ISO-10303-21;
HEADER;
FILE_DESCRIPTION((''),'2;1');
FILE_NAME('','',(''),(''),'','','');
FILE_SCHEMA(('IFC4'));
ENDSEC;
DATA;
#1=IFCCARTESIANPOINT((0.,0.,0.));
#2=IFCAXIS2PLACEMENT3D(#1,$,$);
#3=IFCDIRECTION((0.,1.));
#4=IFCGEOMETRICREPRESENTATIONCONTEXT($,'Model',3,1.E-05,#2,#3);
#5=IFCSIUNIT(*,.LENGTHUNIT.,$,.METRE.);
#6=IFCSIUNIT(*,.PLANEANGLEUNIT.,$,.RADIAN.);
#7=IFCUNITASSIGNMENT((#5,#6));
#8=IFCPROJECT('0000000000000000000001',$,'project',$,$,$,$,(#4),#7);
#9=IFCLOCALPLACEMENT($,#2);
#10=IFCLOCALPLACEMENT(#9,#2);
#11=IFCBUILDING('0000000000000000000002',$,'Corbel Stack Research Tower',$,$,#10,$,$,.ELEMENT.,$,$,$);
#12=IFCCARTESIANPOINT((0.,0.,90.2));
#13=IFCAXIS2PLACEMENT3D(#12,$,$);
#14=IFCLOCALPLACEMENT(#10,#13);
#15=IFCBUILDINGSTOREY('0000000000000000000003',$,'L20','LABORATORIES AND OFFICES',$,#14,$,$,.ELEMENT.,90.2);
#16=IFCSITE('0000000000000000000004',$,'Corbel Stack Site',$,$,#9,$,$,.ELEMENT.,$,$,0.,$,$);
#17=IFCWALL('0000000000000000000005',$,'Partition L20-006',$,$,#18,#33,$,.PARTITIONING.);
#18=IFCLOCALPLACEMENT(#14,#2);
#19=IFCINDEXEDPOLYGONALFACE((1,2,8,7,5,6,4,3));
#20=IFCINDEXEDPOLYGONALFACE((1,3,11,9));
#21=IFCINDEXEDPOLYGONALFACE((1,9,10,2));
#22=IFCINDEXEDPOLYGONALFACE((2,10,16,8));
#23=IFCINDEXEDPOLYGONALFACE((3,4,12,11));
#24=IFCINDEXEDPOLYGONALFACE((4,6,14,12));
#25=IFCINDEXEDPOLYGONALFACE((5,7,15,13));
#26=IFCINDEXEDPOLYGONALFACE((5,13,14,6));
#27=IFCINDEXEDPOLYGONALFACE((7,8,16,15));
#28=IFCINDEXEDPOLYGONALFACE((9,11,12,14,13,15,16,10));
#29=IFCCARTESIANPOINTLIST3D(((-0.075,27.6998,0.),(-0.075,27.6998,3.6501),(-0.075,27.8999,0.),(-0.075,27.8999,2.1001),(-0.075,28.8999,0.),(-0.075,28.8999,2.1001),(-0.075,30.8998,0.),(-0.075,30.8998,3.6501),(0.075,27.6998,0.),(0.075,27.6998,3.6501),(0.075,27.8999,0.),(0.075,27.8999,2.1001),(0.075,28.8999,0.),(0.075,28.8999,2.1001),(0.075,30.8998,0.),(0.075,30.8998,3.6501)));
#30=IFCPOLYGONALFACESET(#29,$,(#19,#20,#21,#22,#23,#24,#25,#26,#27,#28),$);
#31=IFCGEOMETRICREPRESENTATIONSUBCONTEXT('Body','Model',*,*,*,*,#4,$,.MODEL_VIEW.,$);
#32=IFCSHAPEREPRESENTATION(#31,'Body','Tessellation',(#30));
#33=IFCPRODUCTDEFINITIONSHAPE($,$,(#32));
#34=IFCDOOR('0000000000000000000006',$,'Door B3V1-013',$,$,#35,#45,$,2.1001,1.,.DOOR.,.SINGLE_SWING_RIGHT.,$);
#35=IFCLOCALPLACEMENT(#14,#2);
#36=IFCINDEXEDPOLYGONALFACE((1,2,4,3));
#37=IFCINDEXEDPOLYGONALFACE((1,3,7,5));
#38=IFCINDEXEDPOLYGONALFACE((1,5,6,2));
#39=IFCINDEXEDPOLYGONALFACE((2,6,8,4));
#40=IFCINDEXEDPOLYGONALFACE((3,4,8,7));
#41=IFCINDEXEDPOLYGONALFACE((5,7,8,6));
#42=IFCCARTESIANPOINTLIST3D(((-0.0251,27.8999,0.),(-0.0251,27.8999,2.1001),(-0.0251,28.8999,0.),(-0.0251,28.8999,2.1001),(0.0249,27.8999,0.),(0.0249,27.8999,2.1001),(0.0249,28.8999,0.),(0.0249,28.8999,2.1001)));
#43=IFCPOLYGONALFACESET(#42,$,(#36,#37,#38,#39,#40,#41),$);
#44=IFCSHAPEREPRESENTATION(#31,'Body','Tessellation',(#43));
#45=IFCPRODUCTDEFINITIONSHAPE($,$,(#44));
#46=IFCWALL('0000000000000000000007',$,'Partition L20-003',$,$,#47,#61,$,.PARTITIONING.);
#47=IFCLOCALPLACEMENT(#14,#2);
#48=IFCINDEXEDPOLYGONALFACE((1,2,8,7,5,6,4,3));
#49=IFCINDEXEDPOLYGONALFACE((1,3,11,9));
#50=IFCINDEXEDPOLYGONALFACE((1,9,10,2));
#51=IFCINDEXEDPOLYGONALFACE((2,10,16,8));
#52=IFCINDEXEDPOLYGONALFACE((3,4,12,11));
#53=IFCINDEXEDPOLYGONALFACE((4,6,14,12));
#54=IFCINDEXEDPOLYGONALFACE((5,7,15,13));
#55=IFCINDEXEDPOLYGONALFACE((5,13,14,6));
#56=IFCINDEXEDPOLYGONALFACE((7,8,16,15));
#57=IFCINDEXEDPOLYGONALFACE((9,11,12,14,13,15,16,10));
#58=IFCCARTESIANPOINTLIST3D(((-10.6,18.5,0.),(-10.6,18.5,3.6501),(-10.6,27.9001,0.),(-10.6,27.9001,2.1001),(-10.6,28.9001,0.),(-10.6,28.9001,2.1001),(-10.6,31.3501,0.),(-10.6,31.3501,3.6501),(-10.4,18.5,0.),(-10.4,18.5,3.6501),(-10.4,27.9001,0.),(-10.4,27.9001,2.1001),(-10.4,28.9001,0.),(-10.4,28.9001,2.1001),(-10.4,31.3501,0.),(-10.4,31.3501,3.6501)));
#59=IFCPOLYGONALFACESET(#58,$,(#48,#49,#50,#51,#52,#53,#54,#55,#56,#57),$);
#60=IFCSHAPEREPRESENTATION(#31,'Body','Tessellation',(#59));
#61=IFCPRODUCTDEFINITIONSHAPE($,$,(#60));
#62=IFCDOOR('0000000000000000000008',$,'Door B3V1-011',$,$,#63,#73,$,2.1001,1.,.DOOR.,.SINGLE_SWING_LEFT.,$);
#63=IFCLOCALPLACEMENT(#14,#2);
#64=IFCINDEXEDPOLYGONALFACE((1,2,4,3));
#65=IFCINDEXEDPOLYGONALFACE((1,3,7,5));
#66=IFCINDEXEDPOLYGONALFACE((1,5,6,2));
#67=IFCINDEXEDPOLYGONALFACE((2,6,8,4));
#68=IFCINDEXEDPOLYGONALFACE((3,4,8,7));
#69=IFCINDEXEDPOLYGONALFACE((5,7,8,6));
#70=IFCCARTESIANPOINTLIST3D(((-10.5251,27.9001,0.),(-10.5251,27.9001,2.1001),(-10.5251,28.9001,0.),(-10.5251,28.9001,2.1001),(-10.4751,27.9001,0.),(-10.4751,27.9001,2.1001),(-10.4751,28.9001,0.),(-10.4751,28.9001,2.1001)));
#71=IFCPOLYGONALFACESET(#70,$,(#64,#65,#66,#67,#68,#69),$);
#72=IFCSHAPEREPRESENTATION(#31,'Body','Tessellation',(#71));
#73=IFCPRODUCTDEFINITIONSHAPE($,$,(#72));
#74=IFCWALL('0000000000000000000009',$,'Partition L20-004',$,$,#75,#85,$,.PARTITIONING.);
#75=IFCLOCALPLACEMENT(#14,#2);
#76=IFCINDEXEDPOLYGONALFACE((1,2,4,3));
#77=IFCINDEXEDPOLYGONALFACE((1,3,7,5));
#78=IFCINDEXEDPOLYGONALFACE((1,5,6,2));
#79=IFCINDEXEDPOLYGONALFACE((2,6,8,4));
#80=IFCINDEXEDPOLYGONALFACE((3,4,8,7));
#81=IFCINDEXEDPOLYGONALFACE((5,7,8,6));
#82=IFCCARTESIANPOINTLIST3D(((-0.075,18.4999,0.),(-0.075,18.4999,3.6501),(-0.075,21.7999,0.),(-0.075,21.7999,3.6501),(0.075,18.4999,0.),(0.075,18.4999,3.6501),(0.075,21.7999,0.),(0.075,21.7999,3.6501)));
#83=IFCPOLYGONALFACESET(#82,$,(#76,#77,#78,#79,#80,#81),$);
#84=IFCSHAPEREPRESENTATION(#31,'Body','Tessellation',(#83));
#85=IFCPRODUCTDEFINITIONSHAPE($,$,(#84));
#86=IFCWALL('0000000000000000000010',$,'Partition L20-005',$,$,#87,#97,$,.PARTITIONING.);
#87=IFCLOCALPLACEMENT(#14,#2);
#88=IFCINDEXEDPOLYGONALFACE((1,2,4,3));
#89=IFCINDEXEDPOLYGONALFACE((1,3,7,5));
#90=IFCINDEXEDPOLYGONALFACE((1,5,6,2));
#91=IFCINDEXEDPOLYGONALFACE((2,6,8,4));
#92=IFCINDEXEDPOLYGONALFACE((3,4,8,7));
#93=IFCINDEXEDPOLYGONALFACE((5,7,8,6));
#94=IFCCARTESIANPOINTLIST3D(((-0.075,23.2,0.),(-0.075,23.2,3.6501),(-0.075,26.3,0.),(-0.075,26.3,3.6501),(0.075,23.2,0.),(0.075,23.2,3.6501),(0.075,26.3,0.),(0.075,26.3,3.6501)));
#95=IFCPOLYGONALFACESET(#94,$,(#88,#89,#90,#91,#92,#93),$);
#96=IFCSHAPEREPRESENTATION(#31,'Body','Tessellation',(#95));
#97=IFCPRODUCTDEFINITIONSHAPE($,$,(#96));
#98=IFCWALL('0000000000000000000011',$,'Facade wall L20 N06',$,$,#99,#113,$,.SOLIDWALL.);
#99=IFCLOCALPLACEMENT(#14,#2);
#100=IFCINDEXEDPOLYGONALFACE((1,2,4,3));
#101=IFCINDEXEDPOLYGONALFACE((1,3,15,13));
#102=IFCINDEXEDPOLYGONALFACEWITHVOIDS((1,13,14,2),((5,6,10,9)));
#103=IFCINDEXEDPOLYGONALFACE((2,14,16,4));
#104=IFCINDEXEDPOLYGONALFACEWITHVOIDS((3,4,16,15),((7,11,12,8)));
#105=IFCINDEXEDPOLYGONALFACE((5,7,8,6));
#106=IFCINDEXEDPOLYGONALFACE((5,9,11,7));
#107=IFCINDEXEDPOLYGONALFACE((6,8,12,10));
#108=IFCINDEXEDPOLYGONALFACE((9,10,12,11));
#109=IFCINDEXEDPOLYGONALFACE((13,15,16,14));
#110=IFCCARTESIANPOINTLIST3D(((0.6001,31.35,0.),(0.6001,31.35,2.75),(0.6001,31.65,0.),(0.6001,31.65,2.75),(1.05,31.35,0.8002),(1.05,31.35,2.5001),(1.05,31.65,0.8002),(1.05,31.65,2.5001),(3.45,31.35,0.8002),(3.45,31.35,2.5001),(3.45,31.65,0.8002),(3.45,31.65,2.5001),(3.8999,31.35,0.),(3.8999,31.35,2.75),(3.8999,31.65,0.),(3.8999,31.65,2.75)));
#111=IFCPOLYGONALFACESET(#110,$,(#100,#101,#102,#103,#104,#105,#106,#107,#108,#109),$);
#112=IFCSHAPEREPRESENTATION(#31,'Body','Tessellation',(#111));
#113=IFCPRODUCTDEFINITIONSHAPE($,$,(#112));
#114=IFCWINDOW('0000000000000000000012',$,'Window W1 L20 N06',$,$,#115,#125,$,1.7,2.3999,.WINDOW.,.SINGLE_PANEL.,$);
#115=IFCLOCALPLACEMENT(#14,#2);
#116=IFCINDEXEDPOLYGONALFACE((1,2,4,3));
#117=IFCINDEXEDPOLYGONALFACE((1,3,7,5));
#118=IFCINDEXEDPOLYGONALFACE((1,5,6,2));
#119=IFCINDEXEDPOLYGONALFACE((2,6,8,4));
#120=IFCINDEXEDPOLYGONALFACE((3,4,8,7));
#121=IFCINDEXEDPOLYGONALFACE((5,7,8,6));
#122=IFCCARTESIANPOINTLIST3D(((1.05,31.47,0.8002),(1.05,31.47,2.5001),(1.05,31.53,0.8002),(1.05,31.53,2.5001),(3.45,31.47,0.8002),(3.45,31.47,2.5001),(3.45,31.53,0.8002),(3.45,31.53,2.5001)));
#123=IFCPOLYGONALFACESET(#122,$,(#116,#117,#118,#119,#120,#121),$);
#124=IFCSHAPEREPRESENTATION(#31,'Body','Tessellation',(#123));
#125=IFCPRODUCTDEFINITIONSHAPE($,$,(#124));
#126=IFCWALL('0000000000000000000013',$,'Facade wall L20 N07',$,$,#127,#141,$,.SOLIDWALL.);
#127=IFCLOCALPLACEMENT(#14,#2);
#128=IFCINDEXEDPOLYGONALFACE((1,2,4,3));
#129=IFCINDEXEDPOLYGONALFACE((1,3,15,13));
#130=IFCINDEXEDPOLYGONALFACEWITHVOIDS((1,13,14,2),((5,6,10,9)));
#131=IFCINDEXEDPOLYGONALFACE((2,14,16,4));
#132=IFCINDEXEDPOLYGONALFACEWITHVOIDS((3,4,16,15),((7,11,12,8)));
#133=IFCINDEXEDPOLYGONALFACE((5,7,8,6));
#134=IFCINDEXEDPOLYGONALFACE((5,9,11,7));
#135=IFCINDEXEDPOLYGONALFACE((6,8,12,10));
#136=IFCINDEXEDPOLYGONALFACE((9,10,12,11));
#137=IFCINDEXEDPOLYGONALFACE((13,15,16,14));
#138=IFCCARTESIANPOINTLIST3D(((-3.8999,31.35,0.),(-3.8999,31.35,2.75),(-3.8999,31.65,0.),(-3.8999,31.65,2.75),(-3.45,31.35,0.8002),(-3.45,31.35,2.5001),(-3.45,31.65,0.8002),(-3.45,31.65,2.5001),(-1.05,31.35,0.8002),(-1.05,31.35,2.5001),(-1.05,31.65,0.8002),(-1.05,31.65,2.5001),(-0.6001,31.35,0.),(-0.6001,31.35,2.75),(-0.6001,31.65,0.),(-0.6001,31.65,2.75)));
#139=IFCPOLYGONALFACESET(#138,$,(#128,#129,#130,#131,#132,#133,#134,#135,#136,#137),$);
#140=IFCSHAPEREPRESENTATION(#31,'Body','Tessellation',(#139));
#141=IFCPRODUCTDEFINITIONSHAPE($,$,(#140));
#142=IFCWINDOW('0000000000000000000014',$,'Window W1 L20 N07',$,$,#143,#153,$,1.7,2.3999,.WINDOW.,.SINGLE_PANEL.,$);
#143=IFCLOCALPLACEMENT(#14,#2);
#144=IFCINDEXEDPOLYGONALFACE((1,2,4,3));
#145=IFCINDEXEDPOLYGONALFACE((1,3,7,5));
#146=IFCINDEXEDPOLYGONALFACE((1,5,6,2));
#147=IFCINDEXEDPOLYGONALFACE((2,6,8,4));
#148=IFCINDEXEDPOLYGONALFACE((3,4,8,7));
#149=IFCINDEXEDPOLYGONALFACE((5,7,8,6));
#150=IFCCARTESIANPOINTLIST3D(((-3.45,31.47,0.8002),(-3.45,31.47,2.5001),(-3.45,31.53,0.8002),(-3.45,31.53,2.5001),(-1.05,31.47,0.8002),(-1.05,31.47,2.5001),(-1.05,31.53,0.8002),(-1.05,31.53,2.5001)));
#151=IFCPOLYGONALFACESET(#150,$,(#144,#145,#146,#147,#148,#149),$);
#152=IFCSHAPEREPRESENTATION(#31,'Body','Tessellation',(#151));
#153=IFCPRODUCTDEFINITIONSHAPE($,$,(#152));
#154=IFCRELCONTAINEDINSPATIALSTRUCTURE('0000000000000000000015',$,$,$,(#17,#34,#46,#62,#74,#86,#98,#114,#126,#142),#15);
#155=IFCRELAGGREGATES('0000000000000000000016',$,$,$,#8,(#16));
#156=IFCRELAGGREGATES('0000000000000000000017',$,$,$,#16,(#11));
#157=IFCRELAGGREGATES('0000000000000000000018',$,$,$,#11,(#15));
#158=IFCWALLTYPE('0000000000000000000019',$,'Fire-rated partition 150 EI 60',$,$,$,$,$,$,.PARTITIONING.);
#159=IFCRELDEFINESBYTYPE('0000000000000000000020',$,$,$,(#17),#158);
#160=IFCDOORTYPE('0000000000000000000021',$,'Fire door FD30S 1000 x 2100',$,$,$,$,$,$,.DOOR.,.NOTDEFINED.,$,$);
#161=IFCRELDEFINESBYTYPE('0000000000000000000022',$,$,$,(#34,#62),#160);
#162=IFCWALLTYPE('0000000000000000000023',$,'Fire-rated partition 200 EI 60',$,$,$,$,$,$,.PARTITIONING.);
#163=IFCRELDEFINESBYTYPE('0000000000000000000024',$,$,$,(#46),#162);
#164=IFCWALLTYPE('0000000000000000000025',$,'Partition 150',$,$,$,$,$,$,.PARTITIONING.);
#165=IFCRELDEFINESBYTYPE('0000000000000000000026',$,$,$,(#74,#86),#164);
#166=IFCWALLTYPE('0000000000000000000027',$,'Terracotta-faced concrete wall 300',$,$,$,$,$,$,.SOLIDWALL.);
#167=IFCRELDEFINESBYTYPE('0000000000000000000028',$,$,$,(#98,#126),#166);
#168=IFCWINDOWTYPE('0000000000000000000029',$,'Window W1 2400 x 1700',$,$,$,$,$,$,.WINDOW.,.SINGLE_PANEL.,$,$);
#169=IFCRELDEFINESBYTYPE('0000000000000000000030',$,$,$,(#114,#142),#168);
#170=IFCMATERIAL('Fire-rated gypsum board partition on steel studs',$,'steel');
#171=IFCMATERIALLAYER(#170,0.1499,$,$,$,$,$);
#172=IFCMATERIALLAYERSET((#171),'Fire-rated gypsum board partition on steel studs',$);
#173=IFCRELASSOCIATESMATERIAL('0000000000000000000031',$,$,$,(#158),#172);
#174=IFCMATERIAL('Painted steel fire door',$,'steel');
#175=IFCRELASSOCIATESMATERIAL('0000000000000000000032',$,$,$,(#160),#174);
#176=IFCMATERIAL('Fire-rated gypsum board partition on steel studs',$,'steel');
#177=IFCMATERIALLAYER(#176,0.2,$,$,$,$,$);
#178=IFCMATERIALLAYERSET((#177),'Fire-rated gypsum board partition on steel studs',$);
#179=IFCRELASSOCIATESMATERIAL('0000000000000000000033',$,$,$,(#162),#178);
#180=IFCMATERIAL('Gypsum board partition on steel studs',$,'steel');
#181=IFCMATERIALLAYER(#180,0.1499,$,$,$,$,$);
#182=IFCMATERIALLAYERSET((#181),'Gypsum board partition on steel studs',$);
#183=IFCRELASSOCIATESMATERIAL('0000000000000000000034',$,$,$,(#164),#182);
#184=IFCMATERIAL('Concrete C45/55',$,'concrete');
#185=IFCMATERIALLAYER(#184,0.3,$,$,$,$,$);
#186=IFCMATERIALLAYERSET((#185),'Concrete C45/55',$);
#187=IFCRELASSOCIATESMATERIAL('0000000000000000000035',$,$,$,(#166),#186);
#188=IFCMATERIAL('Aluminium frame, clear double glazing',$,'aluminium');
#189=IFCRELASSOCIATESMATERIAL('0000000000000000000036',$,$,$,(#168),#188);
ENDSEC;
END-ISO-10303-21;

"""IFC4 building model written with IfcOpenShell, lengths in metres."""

from ifc_helpers import new_model, si_unit, direction, frame, frame_2d, origin, place, context, subcontext, project, spatial, rectangle, extrude, material, layer, layer_set, type_object, element, fill, save


model = new_model("IFC4")

# Units and contexts
model_context = context("Model", 3, precision=1e-05, world=origin(), true_north=direction((0.0, 1.0)))
body_context = subcontext(model_context, "Body", "Model", "MODEL_VIEW")
ifc_project = project(units=[si_unit("LENGTHUNIT", "METRE"), si_unit("PLANEANGLEUNIT", "RADIAN")], contexts=[model_context])

# Site, building, storey
site_placement = place(None, origin())
site = spatial("IfcSite", under=ifc_project, at=site_placement, Name="Corbel Stack Site", CompositionType="ELEMENT", RefElevation=0.0)
building_placement = place(site_placement, origin())
building = spatial("IfcBuilding", under=site, at=building_placement, Name="Corbel Stack Research Tower", CompositionType="ELEMENT")
storey_placement = place(building_placement, frame((0.0, 0.0, 90.2)))
storey = spatial("IfcBuildingStorey", under=building, at=storey_placement, Name="L20", Description="LABORATORIES AND OFFICES", CompositionType="ELEMENT", Elevation=90.2)

# Walls, openings, doors
ifc_material_1 = material(Name="Fire-rated gypsum board partition on steel studs", Category="steel")
ifc_layer_1 = layer(ifc_material_1, 0.1499)
ifc_layer_set_1 = layer_set([ifc_layer_1], Name="Fire-rated gypsum board partition on steel studs")
wall_type_1 = type_object("IfcWallType", Name="Fire-rated partition 150 EI 60", PredefinedType="PARTITIONING", material=ifc_layer_set_1)
wall_1_placement = place(storey_placement, frame((0.0, 30.8999, 0.0), z_axis=(0.0, 0.0, 1.0), x_axis=(0.0, -1.0, 0.0)))
wall_1 = element("IfcWall", 1, at=wall_1_placement, inside=storey, type_object=wall_type_1, Name="Partition L20-006", PredefinedType="PARTITIONING", context=body_context, shape_type="SweptSolid", body=[
    extrude(rectangle(XDim=3.2, YDim=0.1499, at=frame_2d((1.6001, 0.0))), origin(), (0.0, 0.0, 1.0), 3.6501),
])
opening_1_placement = place(wall_1_placement, frame((2.0, 0.0, 0.0)))
opening_1 = element("IfcOpeningElement", 2, at=opening_1_placement, cuts=wall_1, PredefinedType="OPENING", context=body_context, shape_type="SweptSolid", body=[
    extrude(rectangle(XDim=1.0, YDim=2.1001, at=frame_2d((0.5, 1.05))), frame((0.0, 0.085, 0.0), z_axis=(0.0, -1.0, 0.0), x_axis=(1.0, 0.0, 0.0)), (0.0, 0.0, 1.0), 0.1699),
])
ifc_material_2 = material(Name="Painted steel fire door", Category="steel")
door_type_1 = type_object("IfcDoorType", Name="Fire door FD30S 1000 x 2100", OperationType="NOTDEFINED", PredefinedType="DOOR", material=ifc_material_2)
door_1_placement = place(opening_1_placement, origin())
door_1 = element("IfcDoor", 3, at=door_1_placement, inside=storey, type_object=door_type_1, Name="Door B3V1-013", OperationType="SINGLE_SWING_RIGHT", OverallHeight=2.1001, OverallWidth=1.0, PredefinedType="DOOR", context=body_context, shape_type="SweptSolid", body=[
    extrude(rectangle(XDim=1.0, YDim=2.1001, at=frame_2d((0.5, 1.05))), frame((0.0, 0.0249, 0.0), z_axis=(0.0, -1.0, 0.0), x_axis=(1.0, 0.0, 0.0)), (0.0, 0.0, 1.0), 0.05),
])
fill(opening_1, door_1)
ifc_material_3 = material(Name="Fire-rated gypsum board partition on steel studs", Category="steel")
ifc_layer_2 = layer(ifc_material_3, 0.2)
ifc_layer_set_2 = layer_set([ifc_layer_2], Name="Fire-rated gypsum board partition on steel studs")
wall_type_2 = type_object("IfcWallType", Name="Fire-rated partition 200 EI 60", PredefinedType="PARTITIONING", material=ifc_layer_set_2)
wall_2_placement = place(storey_placement, frame((-10.5, 31.3501, 0.0), z_axis=(0.0, 0.0, 1.0), x_axis=(0.0, -1.0, 0.0)))
wall_2 = element("IfcWall", 4, at=wall_2_placement, inside=storey, type_object=wall_type_2, Name="Partition L20-003", PredefinedType="PARTITIONING", context=body_context, shape_type="SweptSolid", body=[
    extrude(rectangle(XDim=12.8501, YDim=0.2, at=frame_2d((6.425, 0.0))), origin(), (0.0, 0.0, 1.0), 3.6501),
])
opening_2_placement = place(wall_2_placement, frame((2.45, 0.0, 0.0)))
opening_2 = element("IfcOpeningElement", 5, at=opening_2_placement, cuts=wall_2, PredefinedType="OPENING", context=body_context, shape_type="SweptSolid", body=[
    extrude(rectangle(XDim=1.0, YDim=2.1001, at=frame_2d((0.5, 1.05))), frame((0.0, 0.1099, 0.0), z_axis=(0.0, -1.0, 0.0), x_axis=(1.0, 0.0, 0.0)), (0.0, 0.0, 1.0), 0.22),
])
door_2_placement = place(opening_2_placement, origin())
door_2 = element("IfcDoor", 6, at=door_2_placement, inside=storey, type_object=door_type_1, Name="Door B3V1-011", OperationType="SINGLE_SWING_LEFT", OverallHeight=2.1001, OverallWidth=1.0, PredefinedType="DOOR", context=body_context, shape_type="SweptSolid", body=[
    extrude(rectangle(XDim=1.0, YDim=2.1001, at=frame_2d((0.5, 1.05))), frame((0.0, 0.0249, 0.0), z_axis=(0.0, -1.0, 0.0), x_axis=(1.0, 0.0, 0.0)), (0.0, 0.0, 1.0), 0.05),
])
fill(opening_2, door_2)

# Walls
ifc_material_4 = material(Name="Gypsum board partition on steel studs", Category="steel")
ifc_layer_3 = layer(ifc_material_4, 0.1499)
ifc_layer_set_3 = layer_set([ifc_layer_3], Name="Gypsum board partition on steel studs")
wall_type_3 = type_object("IfcWallType", Name="Partition 150", PredefinedType="PARTITIONING", material=ifc_layer_set_3)
wall_3_placement = place(storey_placement, frame((0.0, 18.5, 0.0), z_axis=(0.0, 0.0, 1.0), x_axis=(0.0, 1.0, 0.0)))
element("IfcWall", 7, at=wall_3_placement, inside=storey, type_object=wall_type_3, Name="Partition L20-004", PredefinedType="PARTITIONING", context=body_context, shape_type="SweptSolid", body=[
    extrude(rectangle(XDim=3.3, YDim=0.1499, at=frame_2d((1.6499, 0.0))), origin(), (0.0, 0.0, 1.0), 3.6501),
])
wall_4_placement = place(storey_placement, frame((0.0, 23.2, 0.0), z_axis=(0.0, 0.0, 1.0), x_axis=(0.0, 1.0, 0.0)))
element("IfcWall", 8, at=wall_4_placement, inside=storey, type_object=wall_type_3, Name="Partition L20-005", PredefinedType="PARTITIONING", context=body_context, shape_type="SweptSolid", body=[
    extrude(rectangle(XDim=3.1001, YDim=0.1499, at=frame_2d((1.55, 0.0))), origin(), (0.0, 0.0, 1.0), 3.6501),
])

# Walls, openings, windows
ifc_material_5 = material(Name="Concrete C45/55", Category="concrete")
ifc_layer_4 = layer(ifc_material_5, 0.3)
ifc_layer_set_4 = layer_set([ifc_layer_4], Name="Concrete C45/55")
wall_type_4 = type_object("IfcWallType", Name="Terracotta-faced concrete wall 300", PredefinedType="SOLIDWALL", material=ifc_layer_set_4)
wall_5_placement = place(storey_placement, frame((0.6001, 31.5, 0.0), z_axis=(0.0, 0.0, 1.0), x_axis=(1.0, 0.0, 0.0)))
wall_5 = element("IfcWall", 9, at=wall_5_placement, inside=storey, type_object=wall_type_4, Name="Facade wall L20 N06", PredefinedType="SOLIDWALL", context=body_context, shape_type="SweptSolid", body=[
    extrude(rectangle(XDim=3.2998, YDim=0.3, at=frame_2d((1.6499, 0.0))), origin(), (0.0, 0.0, 1.0), 2.75),
])
opening_3_placement = place(wall_5_placement, frame((0.45, 0.0, 0.8)))
opening_3 = element("IfcOpeningElement", 10, at=opening_3_placement, cuts=wall_5, PredefinedType="OPENING", context=body_context, shape_type="SweptSolid", body=[
    extrude(rectangle(XDim=2.3999, YDim=1.7, at=frame_2d((1.2, 0.8501))), frame((0.0, 0.1599, 0.0), z_axis=(0.0, -1.0, 0.0), x_axis=(1.0, 0.0, 0.0)), (0.0, 0.0, 1.0), 0.3201),
])
ifc_material_6 = material(Name="Aluminium frame, clear double glazing", Category="aluminium")
window_type = type_object("IfcWindowType", Name="Window W1 2400 x 1700", PartitioningType="SINGLE_PANEL", PredefinedType="WINDOW", material=ifc_material_6)
window_1_placement = place(opening_3_placement, origin())
window_1 = element("IfcWindow", 11, at=window_1_placement, inside=storey, type_object=window_type, Name="Window W1 L20 N06", OverallHeight=1.7, OverallWidth=2.3999, PartitioningType="SINGLE_PANEL", PredefinedType="WINDOW", context=body_context, shape_type="SweptSolid", body=[
    extrude(rectangle(XDim=2.3999, YDim=1.7, at=frame_2d((1.2, 0.8501))), frame((0.0, 0.03, 0.0), z_axis=(0.0, -1.0, 0.0), x_axis=(1.0, 0.0, 0.0)), (0.0, 0.0, 1.0), 0.0601),
])
fill(opening_3, window_1)
wall_6_placement = place(storey_placement, frame((-3.8999, 31.5, 0.0), z_axis=(0.0, 0.0, 1.0), x_axis=(1.0, 0.0, 0.0)))
wall_6 = element("IfcWall", 12, at=wall_6_placement, inside=storey, type_object=wall_type_4, Name="Facade wall L20 N07", PredefinedType="SOLIDWALL", context=body_context, shape_type="SweptSolid", body=[
    extrude(rectangle(XDim=3.2998, YDim=0.3, at=frame_2d((1.6499, 0.0))), origin(), (0.0, 0.0, 1.0), 2.75),
])
opening_4_placement = place(wall_6_placement, frame((0.45, 0.0, 0.8)))
opening_4 = element("IfcOpeningElement", 13, at=opening_4_placement, cuts=wall_6, PredefinedType="OPENING", context=body_context, shape_type="SweptSolid", body=[
    extrude(rectangle(XDim=2.3999, YDim=1.7, at=frame_2d((1.2, 0.8501))), frame((0.0, 0.1599, 0.0), z_axis=(0.0, -1.0, 0.0), x_axis=(1.0, 0.0, 0.0)), (0.0, 0.0, 1.0), 0.3201),
])
window_2_placement = place(opening_4_placement, origin())
window_2 = element("IfcWindow", 14, at=window_2_placement, inside=storey, type_object=window_type, Name="Window W1 L20 N07", OverallHeight=1.7, OverallWidth=2.3999, PartitioningType="SINGLE_PANEL", PredefinedType="WINDOW", context=body_context, shape_type="SweptSolid", body=[
    extrude(rectangle(XDim=2.3999, YDim=1.7, at=frame_2d((1.2, 0.8501))), frame((0.0, 0.03, 0.0), z_axis=(0.0, -1.0, 0.0), x_axis=(1.0, 0.0, 0.0)), (0.0, 0.0, 1.0), 0.0601),
])
fill(opening_4, window_2)

save(model, "model.ifc")
